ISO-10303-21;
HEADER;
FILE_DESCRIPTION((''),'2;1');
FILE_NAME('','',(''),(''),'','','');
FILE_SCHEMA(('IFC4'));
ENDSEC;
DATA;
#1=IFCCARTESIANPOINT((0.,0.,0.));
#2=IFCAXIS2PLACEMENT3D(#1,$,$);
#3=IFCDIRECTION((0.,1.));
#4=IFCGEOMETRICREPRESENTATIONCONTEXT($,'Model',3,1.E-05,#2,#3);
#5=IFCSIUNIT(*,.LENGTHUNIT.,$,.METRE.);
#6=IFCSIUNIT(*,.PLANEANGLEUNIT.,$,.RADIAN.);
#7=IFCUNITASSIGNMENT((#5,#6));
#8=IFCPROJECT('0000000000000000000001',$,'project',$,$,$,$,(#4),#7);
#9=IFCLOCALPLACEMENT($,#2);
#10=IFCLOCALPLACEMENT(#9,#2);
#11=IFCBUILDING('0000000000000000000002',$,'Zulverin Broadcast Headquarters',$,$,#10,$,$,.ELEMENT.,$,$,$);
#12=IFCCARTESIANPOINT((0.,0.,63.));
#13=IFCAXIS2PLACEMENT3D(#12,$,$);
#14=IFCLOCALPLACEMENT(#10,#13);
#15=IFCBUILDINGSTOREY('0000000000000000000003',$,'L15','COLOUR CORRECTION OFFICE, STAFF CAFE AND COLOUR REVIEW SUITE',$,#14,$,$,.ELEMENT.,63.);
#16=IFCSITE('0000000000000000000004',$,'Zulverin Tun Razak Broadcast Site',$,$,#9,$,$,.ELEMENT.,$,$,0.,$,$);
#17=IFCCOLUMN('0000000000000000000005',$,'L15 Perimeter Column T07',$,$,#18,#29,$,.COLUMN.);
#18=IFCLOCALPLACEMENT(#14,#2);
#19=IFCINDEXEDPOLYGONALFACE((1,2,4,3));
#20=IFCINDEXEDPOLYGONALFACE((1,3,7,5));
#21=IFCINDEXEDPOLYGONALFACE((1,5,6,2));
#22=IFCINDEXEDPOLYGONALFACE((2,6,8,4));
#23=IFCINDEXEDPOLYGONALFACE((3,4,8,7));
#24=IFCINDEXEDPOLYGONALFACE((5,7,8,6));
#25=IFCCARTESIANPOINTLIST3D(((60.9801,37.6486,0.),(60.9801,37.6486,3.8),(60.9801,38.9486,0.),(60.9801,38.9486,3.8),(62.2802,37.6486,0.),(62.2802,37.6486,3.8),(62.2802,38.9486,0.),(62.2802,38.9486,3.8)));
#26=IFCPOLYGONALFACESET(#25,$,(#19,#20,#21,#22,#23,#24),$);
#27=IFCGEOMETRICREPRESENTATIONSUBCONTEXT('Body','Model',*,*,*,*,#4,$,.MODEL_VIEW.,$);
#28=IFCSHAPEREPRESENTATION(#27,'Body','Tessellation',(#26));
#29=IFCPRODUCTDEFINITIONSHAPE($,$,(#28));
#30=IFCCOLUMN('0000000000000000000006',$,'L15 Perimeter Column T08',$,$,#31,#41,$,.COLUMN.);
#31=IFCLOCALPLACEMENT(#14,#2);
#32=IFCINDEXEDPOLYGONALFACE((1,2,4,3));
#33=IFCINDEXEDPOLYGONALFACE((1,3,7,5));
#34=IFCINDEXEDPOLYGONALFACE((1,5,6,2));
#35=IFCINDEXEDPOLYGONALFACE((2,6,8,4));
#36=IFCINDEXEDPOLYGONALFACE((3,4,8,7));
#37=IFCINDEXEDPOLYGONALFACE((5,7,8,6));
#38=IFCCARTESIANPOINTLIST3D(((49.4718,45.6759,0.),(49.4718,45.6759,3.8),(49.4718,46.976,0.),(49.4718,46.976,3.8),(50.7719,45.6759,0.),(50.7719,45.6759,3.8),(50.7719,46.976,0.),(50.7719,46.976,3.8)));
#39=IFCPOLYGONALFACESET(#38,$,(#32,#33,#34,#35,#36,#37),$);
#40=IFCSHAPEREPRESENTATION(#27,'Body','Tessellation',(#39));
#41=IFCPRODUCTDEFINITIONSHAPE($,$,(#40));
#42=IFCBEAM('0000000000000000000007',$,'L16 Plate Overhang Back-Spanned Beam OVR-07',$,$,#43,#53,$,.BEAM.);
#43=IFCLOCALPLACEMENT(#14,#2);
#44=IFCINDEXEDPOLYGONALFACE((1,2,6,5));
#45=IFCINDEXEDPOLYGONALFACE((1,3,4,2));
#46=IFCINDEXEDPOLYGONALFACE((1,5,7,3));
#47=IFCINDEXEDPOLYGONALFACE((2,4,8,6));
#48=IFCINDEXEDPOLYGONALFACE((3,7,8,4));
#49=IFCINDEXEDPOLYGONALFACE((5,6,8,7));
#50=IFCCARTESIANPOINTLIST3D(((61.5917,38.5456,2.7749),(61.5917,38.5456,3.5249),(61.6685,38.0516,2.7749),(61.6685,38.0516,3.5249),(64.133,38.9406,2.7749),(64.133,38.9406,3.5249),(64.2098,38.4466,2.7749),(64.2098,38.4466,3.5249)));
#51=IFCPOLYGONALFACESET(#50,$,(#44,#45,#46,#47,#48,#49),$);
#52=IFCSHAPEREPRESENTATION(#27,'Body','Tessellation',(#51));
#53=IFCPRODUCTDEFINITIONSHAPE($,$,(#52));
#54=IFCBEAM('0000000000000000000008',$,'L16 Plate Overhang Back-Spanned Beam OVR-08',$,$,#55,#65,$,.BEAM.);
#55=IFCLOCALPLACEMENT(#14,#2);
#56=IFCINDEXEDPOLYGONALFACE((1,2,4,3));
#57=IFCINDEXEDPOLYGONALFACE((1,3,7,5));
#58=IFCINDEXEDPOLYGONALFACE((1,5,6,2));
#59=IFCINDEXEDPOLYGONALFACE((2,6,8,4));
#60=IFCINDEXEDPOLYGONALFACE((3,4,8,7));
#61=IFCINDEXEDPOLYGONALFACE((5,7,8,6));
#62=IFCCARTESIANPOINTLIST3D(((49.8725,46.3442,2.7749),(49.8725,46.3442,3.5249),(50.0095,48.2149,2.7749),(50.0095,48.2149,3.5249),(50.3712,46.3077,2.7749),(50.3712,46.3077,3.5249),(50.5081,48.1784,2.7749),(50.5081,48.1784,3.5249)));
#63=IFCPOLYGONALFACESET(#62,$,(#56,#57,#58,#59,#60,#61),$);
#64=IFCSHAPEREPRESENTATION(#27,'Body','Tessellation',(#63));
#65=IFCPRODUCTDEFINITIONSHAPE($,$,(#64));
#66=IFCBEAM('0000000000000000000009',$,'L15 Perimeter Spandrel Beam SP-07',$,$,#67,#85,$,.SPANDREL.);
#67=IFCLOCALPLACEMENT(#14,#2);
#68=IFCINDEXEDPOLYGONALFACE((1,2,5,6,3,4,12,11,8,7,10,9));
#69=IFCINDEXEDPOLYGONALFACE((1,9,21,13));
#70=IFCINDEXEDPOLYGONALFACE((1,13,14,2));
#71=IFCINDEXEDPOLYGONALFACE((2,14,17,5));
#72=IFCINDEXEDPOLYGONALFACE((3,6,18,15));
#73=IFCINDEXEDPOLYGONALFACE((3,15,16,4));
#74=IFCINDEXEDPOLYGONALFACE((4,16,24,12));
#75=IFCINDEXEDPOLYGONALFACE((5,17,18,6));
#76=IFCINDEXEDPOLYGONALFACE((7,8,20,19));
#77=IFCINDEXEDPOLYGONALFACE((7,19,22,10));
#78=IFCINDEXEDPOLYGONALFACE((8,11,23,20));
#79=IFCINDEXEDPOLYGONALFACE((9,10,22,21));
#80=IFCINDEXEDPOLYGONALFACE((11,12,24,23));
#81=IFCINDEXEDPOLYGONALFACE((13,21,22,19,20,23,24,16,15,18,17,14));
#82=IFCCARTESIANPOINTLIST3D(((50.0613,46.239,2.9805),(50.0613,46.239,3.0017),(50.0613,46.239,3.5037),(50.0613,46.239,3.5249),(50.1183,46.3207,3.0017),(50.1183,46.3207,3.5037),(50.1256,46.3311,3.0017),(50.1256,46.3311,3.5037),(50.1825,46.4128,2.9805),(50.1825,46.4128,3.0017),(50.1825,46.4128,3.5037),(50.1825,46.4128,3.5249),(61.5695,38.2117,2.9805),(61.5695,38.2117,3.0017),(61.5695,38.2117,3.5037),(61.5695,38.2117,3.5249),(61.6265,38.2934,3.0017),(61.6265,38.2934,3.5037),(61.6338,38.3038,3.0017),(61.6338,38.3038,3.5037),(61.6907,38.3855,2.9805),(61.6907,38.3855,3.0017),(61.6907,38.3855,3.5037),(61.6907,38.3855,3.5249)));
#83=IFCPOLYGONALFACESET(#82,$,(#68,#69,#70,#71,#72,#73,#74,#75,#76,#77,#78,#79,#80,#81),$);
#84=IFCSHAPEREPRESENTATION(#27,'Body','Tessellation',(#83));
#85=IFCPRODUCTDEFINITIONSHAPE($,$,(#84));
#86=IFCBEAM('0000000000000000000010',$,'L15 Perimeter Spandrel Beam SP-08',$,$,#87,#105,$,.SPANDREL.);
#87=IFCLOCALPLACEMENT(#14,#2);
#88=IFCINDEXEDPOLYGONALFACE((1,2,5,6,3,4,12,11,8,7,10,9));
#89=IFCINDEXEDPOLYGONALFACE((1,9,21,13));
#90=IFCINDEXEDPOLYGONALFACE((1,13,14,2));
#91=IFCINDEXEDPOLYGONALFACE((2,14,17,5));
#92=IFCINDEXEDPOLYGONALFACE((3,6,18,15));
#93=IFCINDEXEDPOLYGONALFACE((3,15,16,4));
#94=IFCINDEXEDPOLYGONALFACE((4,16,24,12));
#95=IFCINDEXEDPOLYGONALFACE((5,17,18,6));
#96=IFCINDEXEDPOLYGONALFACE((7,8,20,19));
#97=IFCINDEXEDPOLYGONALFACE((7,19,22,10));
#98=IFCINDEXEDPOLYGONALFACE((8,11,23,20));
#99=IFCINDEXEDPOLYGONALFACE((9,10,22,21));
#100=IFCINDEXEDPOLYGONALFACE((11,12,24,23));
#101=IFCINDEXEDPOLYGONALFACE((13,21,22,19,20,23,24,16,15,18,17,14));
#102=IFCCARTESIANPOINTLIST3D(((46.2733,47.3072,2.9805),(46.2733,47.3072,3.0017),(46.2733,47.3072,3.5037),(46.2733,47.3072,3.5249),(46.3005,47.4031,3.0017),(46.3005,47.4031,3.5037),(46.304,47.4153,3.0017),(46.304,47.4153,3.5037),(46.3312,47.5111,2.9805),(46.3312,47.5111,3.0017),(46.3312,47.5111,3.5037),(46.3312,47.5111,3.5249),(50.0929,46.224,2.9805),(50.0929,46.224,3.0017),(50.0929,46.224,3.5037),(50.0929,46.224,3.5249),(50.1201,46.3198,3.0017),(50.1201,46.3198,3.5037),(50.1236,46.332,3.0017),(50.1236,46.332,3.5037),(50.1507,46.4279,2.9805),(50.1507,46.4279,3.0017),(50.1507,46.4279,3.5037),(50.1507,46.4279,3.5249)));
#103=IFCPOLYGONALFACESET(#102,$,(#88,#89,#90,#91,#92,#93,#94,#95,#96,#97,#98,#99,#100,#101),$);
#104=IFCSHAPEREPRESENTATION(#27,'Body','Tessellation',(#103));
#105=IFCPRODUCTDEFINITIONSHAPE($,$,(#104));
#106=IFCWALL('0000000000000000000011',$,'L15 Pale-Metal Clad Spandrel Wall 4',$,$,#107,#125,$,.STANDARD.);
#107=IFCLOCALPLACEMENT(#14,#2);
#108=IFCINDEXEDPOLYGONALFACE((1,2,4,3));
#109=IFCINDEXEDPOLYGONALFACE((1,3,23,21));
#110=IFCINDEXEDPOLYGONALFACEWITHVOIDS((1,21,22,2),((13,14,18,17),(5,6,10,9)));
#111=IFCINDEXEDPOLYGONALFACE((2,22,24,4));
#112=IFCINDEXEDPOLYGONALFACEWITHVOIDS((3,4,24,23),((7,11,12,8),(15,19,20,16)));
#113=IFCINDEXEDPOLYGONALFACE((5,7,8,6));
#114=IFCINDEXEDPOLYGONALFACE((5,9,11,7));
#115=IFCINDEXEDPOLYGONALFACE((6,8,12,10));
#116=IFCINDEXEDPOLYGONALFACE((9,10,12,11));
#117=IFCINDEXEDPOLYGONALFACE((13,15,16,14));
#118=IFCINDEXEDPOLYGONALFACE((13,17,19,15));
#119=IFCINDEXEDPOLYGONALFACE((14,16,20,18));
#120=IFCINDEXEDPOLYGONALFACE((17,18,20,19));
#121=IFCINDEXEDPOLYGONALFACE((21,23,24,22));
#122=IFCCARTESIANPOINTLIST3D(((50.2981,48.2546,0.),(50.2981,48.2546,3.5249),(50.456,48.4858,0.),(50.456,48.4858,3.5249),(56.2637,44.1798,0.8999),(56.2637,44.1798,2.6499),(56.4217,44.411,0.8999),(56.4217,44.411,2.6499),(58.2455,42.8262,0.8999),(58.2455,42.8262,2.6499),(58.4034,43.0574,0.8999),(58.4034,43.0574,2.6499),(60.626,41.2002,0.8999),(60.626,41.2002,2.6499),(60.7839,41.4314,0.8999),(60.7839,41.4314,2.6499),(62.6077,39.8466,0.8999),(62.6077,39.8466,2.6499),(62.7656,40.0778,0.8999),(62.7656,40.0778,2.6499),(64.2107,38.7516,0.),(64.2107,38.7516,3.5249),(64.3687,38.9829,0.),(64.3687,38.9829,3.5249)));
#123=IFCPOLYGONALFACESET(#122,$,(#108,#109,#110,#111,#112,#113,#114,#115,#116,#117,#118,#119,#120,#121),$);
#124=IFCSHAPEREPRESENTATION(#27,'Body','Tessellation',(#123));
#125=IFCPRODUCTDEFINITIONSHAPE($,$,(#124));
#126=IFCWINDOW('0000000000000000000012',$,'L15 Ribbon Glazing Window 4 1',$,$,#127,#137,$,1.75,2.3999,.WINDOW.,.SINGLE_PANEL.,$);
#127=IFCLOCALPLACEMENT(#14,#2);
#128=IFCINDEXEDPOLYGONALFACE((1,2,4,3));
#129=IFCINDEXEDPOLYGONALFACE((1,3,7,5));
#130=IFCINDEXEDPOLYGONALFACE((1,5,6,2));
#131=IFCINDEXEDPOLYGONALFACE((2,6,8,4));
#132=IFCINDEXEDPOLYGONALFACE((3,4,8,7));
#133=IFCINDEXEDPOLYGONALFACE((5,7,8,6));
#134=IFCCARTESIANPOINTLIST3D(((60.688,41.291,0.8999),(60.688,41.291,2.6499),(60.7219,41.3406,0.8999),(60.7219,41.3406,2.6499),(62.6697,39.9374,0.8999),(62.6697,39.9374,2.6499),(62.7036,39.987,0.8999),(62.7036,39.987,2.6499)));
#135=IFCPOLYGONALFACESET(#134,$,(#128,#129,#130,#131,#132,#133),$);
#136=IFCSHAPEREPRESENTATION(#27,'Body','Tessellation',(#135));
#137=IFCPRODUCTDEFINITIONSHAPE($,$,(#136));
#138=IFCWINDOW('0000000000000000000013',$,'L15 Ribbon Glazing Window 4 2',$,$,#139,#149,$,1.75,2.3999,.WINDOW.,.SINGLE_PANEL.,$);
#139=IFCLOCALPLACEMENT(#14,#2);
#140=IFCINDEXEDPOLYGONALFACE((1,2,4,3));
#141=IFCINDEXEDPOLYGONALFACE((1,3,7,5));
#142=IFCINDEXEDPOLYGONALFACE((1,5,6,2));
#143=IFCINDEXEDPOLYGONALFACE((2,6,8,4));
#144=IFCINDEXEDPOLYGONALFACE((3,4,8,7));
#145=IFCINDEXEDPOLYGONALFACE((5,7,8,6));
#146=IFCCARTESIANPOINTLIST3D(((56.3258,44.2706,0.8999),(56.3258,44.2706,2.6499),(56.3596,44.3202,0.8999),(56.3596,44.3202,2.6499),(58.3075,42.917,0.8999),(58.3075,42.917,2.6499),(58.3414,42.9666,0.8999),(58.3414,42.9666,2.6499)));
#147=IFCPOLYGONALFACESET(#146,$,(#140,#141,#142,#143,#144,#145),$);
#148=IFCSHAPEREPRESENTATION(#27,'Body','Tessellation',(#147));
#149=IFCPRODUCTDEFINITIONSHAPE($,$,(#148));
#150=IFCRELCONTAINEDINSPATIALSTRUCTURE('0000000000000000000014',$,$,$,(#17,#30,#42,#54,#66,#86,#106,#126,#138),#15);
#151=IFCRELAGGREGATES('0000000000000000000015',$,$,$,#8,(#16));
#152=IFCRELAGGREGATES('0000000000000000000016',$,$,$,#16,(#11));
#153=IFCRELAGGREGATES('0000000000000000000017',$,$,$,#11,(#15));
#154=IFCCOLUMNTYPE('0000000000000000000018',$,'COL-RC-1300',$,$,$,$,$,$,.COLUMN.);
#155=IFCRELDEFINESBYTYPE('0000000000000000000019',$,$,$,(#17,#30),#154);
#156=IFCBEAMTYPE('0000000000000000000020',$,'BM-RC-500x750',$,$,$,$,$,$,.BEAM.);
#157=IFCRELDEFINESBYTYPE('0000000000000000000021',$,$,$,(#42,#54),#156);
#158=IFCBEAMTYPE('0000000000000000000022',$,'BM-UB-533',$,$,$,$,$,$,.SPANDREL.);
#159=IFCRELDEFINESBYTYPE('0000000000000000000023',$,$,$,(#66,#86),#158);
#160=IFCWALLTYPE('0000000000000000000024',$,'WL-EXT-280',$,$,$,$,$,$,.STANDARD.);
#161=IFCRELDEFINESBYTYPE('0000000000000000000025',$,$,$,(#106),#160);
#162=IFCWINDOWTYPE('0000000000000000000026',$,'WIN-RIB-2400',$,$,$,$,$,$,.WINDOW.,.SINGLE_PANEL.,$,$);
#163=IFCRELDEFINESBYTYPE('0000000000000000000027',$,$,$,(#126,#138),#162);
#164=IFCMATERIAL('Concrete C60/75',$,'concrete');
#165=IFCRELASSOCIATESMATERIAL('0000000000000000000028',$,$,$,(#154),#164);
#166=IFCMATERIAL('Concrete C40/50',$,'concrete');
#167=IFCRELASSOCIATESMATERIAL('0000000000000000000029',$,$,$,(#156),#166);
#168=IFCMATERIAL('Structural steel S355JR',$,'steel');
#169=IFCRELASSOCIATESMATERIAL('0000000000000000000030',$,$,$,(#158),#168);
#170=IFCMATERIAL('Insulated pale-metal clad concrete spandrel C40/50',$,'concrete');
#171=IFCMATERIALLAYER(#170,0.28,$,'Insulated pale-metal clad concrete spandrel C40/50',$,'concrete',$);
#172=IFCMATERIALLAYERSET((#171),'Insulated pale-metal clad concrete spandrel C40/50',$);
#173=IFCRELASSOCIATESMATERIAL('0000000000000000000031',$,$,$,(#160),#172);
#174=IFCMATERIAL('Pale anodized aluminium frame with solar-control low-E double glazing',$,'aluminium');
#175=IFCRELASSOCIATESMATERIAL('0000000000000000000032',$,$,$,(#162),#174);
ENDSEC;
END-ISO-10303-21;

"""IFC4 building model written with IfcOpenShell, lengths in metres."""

from ifc_helpers import new_model, si_unit, direction, frame, frame_2d, origin, origin_2d, place, context, subcontext, project, spatial, rectangle, i_section, extrude, material, layer, layer_set, material_profile, profile_set, type_object, element, fill, save


model = new_model("IFC4")

# Units and contexts
model_context = context("Model", 3, precision=1e-05, world=origin(), true_north=direction((0.0, 1.0)))
body_context = subcontext(model_context, "Body", "Model", "MODEL_VIEW")
ifc_project = project(units=[si_unit("LENGTHUNIT", "METRE"), si_unit("PLANEANGLEUNIT", "RADIAN")], contexts=[model_context])

# Site, building, storey
site_placement = place(None, origin())
site = spatial("IfcSite", under=ifc_project, at=site_placement, Name="Zulverin Tun Razak Broadcast Site", CompositionType="ELEMENT", RefElevation=0.0)
building_placement = place(site_placement, origin())
building = spatial("IfcBuilding", under=site, at=building_placement, Name="Zulverin Broadcast Headquarters", CompositionType="ELEMENT")
storey_placement = place(building_placement, frame((0.0, 0.0, 63.0)))
storey = spatial("IfcBuildingStorey", under=building, at=storey_placement, Name="L15", Description="COLOUR CORRECTION OFFICE, STAFF CAFE AND COLOUR REVIEW SUITE", CompositionType="ELEMENT", Elevation=63.0)

# Columns
ifc_material_1 = material(Name="Concrete C60/75", Category="concrete")
ifc_material_profile_1 = material_profile(ifc_material_1, rectangle(XDim=1.3, YDim=1.3, at=origin_2d()), Name="Concrete C60/75", Category="concrete")
ifc_profile_set_1 = profile_set([ifc_material_profile_1], Name="Concrete C60/75")
column_type = type_object("IfcColumnType", Name="COL-RC-1300", PredefinedType="COLUMN", material=ifc_profile_set_1)
for number, where, z_axis, x_axis, name in (
    (1, (61.6301, 38.2986, 0.0), (0.0, 0.0, 1.0), (1.0, 0.0, 0.0), "L15 Perimeter Column T07"),
    (2, (50.1218, 46.3259, 0.0), (0.0, 0.0, 1.0), (1.0, 0.0, 0.0), "L15 Perimeter Column T08"),
):
    element("IfcColumn", number, at=place(storey_placement, frame(where, z_axis=z_axis, x_axis=x_axis)), inside=storey, type_object=column_type, Name=name, PredefinedType="COLUMN", context=body_context, shape_type="SweptSolid", body=[
        extrude(rectangle(XDim=1.3, YDim=1.3, at=origin_2d()), origin(), (0.0, 0.0, 1.0), 3.8),
    ])

# Beams
ifc_material_2 = material(Name="Concrete C40/50", Category="concrete")
ifc_material_profile_2 = material_profile(ifc_material_2, rectangle(XDim=0.5, YDim=0.75, at=origin_2d()), Name="Concrete C40/50", Category="concrete")
ifc_profile_set_2 = profile_set([ifc_material_profile_2], Name="Concrete C40/50")
beam_type_1 = type_object("IfcBeamType", Name="BM-RC-500x750", PredefinedType="BEAM", material=ifc_profile_set_2)
beam_1_placement = place(storey_placement, frame((61.6301, 38.2986, 3.1499), z_axis=(0.988133, 0.153598, 0.0), x_axis=(-0.153598, 0.988133, 0.0)))
element("IfcBeam", 3, at=beam_1_placement, inside=storey, type_object=beam_type_1, Name="L16 Plate Overhang Back-Spanned Beam OVR-07", PredefinedType="BEAM", context=body_context, shape_type="SweptSolid", body=[
    extrude(rectangle(XDim=0.5, YDim=0.75, at=origin_2d()), origin(), (0.0, 0.0, 1.0), 2.5718),
])
beam_2_placement = place(storey_placement, frame((50.1218, 46.3259, 3.1499), z_axis=(0.073023, 0.99733, 0.0), x_axis=(-0.99733, 0.073023, 0.0)))
element("IfcBeam", 4, at=beam_2_placement, inside=storey, type_object=beam_type_1, Name="L16 Plate Overhang Back-Spanned Beam OVR-08", PredefinedType="BEAM", context=body_context, shape_type="SweptSolid", body=[
    extrude(rectangle(XDim=0.5, YDim=0.75, at=origin_2d()), origin(), (0.0, 0.0, 1.0), 1.8757),
])
ifc_material_3 = material(Name="Structural steel S355JR", Category="steel")
ifc_material_profile_3 = material_profile(ifc_material_3, i_section(OverallWidth=0.2119, OverallDepth=0.5444, WebThickness=0.0127, FlangeThickness=0.0212, at=origin_2d()), Name="Structural steel S355JR", Category="steel")
ifc_profile_set_3 = profile_set([ifc_material_profile_3], Name="Structural steel S355JR")
beam_type_2 = type_object("IfcBeamType", Name="BM-UB-533", PredefinedType="SPANDREL", material=ifc_profile_set_3)
beam_3_placement = place(storey_placement, frame((61.6301, 38.2986, 3.2527), z_axis=(-0.820184, 0.5721, 0.0), x_axis=(-0.5721, -0.820184, 0.0)))
element("IfcBeam", 5, at=beam_3_placement, inside=storey, type_object=beam_type_2, Name="L15 Perimeter Spandrel Beam SP-07", PredefinedType="SPANDREL", context=body_context, shape_type="SweptSolid", body=[
    extrude(i_section(OverallWidth=0.2119, OverallDepth=0.5444, WebThickness=0.0127, FlangeThickness=0.0212, at=origin_2d()), origin(), (0.0, 0.0, 1.0), 14.0312),
])
beam_4_placement = place(storey_placement, frame((50.1218, 46.3259, 3.2527), z_axis=(-0.962058, 0.272844, 0.0), x_axis=(-0.272844, -0.962058, 0.0)))
element("IfcBeam", 6, at=beam_4_placement, inside=storey, type_object=beam_type_2, Name="L15 Perimeter Spandrel Beam SP-08", PredefinedType="SPANDREL", context=body_context, shape_type="SweptSolid", body=[
    extrude(i_section(OverallWidth=0.2119, OverallDepth=0.5444, WebThickness=0.0127, FlangeThickness=0.0212, at=origin_2d()), origin(), (0.0, 0.0, 1.0), 3.9702),
])

# Wall, openings, windows
ifc_material_4 = material(Name="Insulated pale-metal clad concrete spandrel C40/50", Category="concrete")
ifc_layer_1 = layer(ifc_material_4, 0.28, Name="Insulated pale-metal clad concrete spandrel C40/50", Category="concrete")
ifc_layer_set_1 = layer_set([ifc_layer_1], Name="Insulated pale-metal clad concrete spandrel C40/50")
wall_type = type_object("IfcWallType", Name="WL-EXT-280", PredefinedType="STANDARD", material=ifc_layer_set_1)
wall_1_placement = place(storey_placement, frame((64.2898, 38.8672, 0.0), z_axis=(0.0, 0.0, 1.0), x_axis=(-0.825756, 0.564028, 0.0)))
wall_1 = element("IfcWall", 7, at=wall_1_placement, inside=storey, type_object=wall_type, Name="L15 Pale-Metal Clad Spandrel Wall 4", PredefinedType="STANDARD", context=body_context, shape_type="SweptSolid", body=[
    extrude(rectangle(XDim=16.8484, YDim=0.28, at=frame_2d((8.4243, 0.0))), origin(), (0.0, 0.0, 1.0), 3.5249),
])
opening_1_placement = place(wall_1_placement, frame((1.9414, 0.0, 0.8999)))
opening_1 = element("IfcOpeningElement", 8, at=opening_1_placement, cuts=wall_1, PredefinedType="OPENING", context=body_context, shape_type="SweptSolid", body=[
    extrude(rectangle(XDim=2.3999, YDim=1.75, at=frame_2d((1.2, 0.875))), frame((0.0, 0.1499, 0.0), z_axis=(0.0, -1.0, 0.0), x_axis=(1.0, 0.0, 0.0)), (0.0, 0.0, 1.0), 0.3),
])
opening_2_placement = place(wall_1_placement, frame((7.2241, 0.0, 0.8999)))
opening_2 = element("IfcOpeningElement", 9, at=opening_2_placement, cuts=wall_1, PredefinedType="OPENING", context=body_context, shape_type="SweptSolid", body=[
    extrude(rectangle(XDim=2.3999, YDim=1.75, at=frame_2d((1.2, 0.875))), frame((0.0, 0.1499, 0.0), z_axis=(0.0, -1.0, 0.0), x_axis=(1.0, 0.0, 0.0)), (0.0, 0.0, 1.0), 0.3),
])
ifc_material_5 = material(Name="Pale anodized aluminium frame with solar-control low-E double glazing", Category="aluminium")
window_type = type_object("IfcWindowType", Name="WIN-RIB-2400", PartitioningType="SINGLE_PANEL", PredefinedType="WINDOW", material=ifc_material_5)
window_1_placement = place(opening_1_placement, origin())
window_1 = element("IfcWindow", 10, at=window_1_placement, inside=storey, type_object=window_type, Name="L15 Ribbon Glazing Window 4 1", OverallHeight=1.75, OverallWidth=2.3999, PartitioningType="SINGLE_PANEL", PredefinedType="WINDOW", context=body_context, shape_type="SweptSolid", body=[
    extrude(rectangle(XDim=2.3999, YDim=1.75, at=frame_2d((1.2, 0.875))), frame((0.0, 0.03, 0.0), z_axis=(0.0, -1.0, 0.0), x_axis=(1.0, 0.0, 0.0)), (0.0, 0.0, 1.0), 0.0601),
])
fill(opening_1, window_1)
window_2_placement = place(opening_2_placement, origin())
window_2 = element("IfcWindow", 11, at=window_2_placement, inside=storey, type_object=window_type, Name="L15 Ribbon Glazing Window 4 2", OverallHeight=1.75, OverallWidth=2.3999, PartitioningType="SINGLE_PANEL", PredefinedType="WINDOW", context=body_context, shape_type="SweptSolid", body=[
    extrude(rectangle(XDim=2.3999, YDim=1.75, at=frame_2d((1.2, 0.875))), frame((0.0, 0.03, 0.0), z_axis=(0.0, -1.0, 0.0), x_axis=(1.0, 0.0, 0.0)), (0.0, 0.0, 1.0), 0.0601),
])
fill(opening_2, window_2)

save(model, "model.ifc")
